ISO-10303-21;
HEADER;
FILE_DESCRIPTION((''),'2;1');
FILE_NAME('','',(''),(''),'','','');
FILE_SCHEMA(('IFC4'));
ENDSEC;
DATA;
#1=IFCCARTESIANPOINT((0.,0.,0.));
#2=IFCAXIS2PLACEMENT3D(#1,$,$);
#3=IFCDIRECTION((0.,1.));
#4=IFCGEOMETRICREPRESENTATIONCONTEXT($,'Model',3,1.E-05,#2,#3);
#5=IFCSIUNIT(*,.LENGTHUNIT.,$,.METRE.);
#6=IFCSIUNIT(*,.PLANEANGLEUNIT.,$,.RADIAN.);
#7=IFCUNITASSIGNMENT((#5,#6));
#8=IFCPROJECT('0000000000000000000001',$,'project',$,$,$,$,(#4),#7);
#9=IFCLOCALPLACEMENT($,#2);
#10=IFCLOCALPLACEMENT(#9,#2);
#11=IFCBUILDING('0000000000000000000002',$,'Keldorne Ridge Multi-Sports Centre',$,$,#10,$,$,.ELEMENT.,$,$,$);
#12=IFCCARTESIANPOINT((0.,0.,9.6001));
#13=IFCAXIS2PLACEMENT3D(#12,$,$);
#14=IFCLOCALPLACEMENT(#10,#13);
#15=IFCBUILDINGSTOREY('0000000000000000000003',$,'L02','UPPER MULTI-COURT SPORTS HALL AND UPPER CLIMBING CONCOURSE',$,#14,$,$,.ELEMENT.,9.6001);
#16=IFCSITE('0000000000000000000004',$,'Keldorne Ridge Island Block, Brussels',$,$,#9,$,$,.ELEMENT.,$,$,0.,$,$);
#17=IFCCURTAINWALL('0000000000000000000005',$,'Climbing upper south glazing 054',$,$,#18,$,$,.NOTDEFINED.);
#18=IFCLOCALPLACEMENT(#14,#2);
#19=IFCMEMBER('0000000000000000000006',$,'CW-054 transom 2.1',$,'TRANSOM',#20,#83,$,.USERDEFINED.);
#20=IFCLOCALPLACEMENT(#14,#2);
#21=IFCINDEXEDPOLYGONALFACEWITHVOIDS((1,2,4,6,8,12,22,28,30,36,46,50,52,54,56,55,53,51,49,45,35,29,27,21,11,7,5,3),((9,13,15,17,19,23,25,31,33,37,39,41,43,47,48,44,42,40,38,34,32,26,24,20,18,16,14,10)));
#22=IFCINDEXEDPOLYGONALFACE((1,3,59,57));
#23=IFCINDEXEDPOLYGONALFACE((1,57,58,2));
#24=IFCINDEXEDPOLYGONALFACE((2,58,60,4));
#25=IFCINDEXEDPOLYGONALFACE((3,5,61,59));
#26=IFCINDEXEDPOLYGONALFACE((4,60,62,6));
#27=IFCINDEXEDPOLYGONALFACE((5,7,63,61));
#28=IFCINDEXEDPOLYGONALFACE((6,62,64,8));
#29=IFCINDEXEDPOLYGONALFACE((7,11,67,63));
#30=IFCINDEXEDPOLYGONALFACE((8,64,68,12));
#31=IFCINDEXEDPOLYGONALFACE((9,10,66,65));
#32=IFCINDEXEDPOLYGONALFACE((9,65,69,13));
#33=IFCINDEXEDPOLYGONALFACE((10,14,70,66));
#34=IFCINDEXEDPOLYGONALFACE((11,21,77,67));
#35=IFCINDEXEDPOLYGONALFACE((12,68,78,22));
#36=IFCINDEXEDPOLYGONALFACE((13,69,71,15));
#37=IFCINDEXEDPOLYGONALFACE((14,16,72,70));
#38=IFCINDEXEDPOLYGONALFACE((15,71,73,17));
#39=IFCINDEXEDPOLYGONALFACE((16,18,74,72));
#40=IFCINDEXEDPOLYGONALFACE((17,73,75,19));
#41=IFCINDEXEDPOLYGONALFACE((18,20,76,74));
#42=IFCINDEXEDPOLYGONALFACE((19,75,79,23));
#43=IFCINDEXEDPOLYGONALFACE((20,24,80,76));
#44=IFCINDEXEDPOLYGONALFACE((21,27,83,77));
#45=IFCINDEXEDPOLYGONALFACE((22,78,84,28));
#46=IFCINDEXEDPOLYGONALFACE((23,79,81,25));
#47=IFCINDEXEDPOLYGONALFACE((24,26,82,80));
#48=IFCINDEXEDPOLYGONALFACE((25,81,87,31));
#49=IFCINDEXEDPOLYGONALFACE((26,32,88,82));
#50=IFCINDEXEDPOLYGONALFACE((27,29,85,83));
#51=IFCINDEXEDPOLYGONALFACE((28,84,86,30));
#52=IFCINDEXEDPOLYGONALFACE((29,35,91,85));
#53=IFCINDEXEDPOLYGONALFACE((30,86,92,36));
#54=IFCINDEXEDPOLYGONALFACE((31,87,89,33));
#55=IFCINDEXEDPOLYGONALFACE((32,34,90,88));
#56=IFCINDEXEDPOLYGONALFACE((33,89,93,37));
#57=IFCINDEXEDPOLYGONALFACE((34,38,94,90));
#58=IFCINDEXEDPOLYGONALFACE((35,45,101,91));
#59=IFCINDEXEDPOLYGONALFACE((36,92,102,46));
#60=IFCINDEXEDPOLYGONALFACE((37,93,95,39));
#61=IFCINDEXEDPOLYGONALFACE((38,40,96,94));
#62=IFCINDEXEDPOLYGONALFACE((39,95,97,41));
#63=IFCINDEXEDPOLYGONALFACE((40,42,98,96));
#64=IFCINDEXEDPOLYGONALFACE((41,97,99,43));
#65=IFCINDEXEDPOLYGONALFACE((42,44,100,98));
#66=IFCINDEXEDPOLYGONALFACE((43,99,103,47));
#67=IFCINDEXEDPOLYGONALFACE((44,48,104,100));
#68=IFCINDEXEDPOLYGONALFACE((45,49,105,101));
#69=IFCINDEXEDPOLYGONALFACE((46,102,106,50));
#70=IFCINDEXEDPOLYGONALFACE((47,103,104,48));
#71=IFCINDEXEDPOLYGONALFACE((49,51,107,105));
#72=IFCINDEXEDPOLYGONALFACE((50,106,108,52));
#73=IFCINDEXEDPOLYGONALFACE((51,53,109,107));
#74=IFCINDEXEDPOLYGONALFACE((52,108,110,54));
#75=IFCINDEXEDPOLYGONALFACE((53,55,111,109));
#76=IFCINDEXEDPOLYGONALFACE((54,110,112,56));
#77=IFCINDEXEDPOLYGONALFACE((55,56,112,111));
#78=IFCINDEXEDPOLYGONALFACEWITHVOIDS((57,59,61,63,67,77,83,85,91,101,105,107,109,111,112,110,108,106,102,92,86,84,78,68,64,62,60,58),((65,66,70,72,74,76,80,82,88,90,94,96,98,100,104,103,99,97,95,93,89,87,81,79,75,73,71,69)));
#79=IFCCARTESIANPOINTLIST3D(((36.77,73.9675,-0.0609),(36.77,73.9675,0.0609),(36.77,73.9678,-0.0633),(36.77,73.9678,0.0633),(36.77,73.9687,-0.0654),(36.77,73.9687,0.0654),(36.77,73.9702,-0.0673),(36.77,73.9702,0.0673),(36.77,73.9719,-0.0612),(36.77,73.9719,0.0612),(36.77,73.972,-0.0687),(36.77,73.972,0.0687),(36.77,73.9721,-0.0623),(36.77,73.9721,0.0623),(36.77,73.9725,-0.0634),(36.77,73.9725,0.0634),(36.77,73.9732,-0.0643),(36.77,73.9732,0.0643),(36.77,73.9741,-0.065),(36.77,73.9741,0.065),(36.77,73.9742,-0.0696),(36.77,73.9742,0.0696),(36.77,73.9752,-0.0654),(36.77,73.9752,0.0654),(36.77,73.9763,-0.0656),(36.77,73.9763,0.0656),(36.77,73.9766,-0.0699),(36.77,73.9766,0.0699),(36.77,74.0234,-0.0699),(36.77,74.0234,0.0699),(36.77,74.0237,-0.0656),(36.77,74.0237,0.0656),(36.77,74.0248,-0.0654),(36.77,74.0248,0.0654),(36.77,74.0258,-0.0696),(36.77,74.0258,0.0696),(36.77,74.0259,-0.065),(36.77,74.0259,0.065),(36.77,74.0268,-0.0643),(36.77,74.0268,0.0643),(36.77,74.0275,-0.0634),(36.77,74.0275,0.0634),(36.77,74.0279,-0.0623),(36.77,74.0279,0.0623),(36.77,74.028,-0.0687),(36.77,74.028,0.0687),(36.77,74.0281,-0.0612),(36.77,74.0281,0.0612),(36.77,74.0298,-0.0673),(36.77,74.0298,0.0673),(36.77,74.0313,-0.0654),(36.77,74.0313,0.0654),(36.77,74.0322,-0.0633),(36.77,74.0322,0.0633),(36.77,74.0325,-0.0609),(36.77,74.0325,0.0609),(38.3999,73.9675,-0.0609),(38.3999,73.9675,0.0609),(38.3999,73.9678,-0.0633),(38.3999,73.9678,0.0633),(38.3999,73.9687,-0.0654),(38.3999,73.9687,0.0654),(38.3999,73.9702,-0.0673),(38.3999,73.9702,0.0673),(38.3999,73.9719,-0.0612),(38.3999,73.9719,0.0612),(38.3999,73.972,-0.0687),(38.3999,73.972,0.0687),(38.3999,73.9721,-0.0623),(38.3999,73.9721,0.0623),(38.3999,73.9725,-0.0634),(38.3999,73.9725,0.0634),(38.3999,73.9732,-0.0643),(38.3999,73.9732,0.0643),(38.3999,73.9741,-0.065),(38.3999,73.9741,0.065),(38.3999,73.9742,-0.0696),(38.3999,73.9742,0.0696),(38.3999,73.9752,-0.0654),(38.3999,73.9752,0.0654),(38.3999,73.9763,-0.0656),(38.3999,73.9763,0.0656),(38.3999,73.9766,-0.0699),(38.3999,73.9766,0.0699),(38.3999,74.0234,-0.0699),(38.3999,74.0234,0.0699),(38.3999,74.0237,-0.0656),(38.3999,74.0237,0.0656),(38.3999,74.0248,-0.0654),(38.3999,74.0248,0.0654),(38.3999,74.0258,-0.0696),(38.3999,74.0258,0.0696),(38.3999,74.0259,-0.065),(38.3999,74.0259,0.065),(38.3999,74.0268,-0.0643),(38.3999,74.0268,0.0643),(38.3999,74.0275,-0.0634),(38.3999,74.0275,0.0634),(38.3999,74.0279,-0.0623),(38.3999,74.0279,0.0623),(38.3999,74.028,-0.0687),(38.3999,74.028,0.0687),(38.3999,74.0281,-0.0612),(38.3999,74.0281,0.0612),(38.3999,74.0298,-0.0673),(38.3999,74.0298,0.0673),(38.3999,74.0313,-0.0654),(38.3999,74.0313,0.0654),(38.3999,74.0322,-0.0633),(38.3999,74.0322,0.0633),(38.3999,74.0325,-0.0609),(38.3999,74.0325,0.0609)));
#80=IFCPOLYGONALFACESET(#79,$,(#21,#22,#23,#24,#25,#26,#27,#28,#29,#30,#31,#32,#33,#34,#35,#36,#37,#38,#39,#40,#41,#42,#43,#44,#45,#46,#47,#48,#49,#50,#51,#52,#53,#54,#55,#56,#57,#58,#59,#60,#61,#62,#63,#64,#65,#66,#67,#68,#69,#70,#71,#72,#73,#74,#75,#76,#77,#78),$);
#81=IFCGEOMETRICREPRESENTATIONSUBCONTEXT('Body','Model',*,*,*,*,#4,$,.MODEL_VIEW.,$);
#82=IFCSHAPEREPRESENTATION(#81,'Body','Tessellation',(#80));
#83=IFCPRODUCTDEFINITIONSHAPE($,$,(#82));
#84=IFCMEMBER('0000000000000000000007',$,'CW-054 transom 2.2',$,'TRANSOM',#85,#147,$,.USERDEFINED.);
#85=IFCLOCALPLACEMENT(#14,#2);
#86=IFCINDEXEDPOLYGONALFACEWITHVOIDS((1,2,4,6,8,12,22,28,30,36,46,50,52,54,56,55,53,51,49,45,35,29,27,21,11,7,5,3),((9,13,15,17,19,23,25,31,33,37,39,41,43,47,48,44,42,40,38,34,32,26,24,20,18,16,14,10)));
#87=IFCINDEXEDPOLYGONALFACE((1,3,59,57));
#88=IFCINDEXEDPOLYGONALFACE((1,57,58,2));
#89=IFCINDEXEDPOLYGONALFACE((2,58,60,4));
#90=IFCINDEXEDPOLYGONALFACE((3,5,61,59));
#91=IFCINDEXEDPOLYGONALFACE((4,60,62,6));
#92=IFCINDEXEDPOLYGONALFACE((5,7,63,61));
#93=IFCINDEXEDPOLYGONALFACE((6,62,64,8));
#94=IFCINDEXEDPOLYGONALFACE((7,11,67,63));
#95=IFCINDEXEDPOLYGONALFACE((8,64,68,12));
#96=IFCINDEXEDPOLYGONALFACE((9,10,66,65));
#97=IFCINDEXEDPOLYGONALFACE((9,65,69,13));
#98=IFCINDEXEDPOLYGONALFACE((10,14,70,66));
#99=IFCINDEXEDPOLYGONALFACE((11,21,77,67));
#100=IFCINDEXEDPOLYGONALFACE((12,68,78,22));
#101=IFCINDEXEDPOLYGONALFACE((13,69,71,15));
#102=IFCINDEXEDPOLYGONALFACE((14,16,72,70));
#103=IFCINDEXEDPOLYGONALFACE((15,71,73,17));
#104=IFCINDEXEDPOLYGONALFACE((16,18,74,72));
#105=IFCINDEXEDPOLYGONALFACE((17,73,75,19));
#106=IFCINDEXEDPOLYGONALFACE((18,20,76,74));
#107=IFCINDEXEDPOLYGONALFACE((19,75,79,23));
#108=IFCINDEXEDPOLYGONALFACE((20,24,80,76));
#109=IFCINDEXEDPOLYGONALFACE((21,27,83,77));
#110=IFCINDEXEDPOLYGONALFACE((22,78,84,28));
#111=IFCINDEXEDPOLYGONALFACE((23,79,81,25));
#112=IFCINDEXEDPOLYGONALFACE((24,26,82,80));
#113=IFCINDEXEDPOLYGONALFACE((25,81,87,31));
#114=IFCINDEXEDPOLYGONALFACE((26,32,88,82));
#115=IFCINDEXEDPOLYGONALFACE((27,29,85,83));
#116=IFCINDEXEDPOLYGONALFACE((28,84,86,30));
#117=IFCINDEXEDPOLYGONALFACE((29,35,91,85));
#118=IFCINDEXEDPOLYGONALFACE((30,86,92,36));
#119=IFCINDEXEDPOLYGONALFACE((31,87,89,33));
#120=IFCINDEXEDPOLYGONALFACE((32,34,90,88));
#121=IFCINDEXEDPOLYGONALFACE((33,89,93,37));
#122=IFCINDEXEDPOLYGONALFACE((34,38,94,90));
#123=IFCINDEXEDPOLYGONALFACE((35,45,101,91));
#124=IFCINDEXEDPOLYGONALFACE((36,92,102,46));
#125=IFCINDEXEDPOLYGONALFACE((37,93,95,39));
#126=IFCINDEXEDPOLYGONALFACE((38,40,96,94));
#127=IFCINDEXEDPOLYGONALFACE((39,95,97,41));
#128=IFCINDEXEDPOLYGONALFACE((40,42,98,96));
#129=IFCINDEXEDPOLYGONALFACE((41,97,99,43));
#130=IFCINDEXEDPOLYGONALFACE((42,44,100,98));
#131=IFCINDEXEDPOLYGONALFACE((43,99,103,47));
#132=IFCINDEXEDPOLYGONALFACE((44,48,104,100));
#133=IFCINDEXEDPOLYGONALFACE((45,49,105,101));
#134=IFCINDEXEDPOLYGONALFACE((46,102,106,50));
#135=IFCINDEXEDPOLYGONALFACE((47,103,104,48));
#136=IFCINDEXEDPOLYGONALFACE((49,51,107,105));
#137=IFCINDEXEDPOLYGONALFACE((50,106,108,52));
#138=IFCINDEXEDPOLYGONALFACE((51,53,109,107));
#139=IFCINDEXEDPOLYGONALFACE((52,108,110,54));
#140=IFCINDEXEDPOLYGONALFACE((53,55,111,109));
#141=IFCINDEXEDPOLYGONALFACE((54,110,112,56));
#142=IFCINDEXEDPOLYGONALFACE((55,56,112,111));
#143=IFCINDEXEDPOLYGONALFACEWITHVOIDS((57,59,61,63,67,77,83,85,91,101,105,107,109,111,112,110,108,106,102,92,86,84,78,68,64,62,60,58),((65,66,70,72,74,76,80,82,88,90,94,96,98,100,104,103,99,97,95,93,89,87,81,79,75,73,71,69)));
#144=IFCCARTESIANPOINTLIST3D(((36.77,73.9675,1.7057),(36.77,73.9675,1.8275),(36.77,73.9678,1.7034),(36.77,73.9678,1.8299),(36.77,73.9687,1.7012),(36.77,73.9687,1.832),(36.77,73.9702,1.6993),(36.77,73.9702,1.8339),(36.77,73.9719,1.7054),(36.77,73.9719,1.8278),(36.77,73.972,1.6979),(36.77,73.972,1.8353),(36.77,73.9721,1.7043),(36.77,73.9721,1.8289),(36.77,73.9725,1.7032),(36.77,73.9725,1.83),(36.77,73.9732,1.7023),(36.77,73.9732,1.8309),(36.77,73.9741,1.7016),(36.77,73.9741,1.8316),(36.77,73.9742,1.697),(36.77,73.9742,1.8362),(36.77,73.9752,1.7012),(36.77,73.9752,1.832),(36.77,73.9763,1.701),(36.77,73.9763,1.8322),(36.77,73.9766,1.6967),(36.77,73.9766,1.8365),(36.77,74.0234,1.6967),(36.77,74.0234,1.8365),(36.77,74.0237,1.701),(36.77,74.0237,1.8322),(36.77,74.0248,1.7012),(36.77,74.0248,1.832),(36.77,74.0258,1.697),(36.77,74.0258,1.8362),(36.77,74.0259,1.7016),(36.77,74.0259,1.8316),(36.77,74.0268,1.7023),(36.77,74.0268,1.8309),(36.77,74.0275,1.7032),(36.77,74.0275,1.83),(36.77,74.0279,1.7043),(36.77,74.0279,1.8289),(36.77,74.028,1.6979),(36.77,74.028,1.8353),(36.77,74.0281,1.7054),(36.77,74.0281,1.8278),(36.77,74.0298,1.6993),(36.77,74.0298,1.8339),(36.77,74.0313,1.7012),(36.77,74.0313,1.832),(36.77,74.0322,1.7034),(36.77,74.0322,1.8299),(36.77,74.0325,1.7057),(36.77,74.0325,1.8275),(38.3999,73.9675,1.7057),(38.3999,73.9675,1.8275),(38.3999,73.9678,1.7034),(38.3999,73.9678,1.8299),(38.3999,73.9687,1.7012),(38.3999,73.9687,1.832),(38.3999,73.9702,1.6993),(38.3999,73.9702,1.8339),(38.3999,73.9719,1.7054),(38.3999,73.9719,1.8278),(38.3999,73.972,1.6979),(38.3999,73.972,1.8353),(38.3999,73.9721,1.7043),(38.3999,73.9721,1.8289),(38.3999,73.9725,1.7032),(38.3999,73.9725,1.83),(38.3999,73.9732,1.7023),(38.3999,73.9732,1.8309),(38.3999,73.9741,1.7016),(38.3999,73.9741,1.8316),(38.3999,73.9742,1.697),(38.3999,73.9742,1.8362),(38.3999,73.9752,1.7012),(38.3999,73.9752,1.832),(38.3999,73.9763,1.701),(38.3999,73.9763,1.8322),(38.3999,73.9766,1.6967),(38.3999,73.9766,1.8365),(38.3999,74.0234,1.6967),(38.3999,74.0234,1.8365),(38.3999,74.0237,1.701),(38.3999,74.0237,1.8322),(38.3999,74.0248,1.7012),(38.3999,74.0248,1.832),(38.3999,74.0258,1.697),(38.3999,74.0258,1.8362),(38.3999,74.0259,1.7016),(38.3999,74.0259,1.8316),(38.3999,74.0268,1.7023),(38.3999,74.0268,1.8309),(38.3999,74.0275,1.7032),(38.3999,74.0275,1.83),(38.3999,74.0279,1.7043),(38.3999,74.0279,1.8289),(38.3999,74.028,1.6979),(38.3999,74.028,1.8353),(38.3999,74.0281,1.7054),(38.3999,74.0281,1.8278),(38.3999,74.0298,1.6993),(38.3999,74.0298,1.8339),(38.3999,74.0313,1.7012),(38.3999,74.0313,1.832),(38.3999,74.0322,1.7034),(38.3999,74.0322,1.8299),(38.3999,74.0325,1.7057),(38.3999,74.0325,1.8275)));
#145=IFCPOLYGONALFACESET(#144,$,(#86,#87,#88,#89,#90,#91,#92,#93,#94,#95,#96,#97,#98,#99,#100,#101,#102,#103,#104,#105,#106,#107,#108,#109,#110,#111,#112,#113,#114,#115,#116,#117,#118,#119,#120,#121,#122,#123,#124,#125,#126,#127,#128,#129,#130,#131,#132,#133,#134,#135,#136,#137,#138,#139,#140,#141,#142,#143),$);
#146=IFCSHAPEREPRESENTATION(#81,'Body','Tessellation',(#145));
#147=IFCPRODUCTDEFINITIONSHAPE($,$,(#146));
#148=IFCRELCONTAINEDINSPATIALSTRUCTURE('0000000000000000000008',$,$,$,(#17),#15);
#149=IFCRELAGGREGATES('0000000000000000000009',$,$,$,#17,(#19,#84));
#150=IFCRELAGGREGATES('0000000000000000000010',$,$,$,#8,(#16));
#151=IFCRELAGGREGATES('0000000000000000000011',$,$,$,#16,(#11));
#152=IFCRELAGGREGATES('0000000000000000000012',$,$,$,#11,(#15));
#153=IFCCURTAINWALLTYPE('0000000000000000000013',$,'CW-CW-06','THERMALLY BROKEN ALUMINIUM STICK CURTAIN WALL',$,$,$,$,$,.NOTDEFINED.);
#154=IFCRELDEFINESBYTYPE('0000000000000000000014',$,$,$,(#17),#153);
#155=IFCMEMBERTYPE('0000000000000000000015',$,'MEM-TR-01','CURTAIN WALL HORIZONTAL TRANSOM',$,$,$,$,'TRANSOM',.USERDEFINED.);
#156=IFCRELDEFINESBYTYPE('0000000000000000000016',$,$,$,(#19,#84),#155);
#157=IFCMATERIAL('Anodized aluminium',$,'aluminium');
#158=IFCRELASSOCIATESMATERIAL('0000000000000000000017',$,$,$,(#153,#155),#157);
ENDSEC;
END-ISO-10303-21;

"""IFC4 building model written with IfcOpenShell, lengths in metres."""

from ifc_helpers import new_model, si_unit, direction, frame, origin, origin_2d, place, context, subcontext, project, spatial, hollow_rectangle, extrude, material, material_profile, profile_set, type_object, element, aggregate, save


model = new_model("IFC4")

# Units and contexts
model_context = context("Model", 3, precision=1e-05, world=origin(), true_north=direction((0.0, 1.0)))
body_context = subcontext(model_context, "Body", "Model", "MODEL_VIEW")
ifc_project = project(units=[si_unit("LENGTHUNIT", "METRE"), si_unit("PLANEANGLEUNIT", "RADIAN")], contexts=[model_context])

# Site, building, storey
site_placement = place(None, origin())
site = spatial("IfcSite", under=ifc_project, at=site_placement, Name="Keldorne Ridge Island Block, Brussels", CompositionType="ELEMENT", RefElevation=0.0)
building_placement = place(site_placement, origin())
building = spatial("IfcBuilding", under=site, at=building_placement, Name="Keldorne Ridge Multi-Sports Centre", CompositionType="ELEMENT")
storey_placement = place(building_placement, frame((0.0, 0.0, 9.6001)))
storey = spatial("IfcBuildingStorey", under=building, at=storey_placement, Name="L02", Description="UPPER MULTI-COURT SPORTS HALL AND UPPER CLIMBING CONCOURSE", CompositionType="ELEMENT", Elevation=9.6001)

# Shared definitions
ifc_material_1 = material(Name="Anodized aluminium", Category="aluminium")

# Curtain wall, members
curtain_wall_type_1 = type_object("IfcCurtainWallType", Name="CW-CW-06", Description="THERMALLY BROKEN ALUMINIUM STICK CURTAIN WALL", PredefinedType="NOTDEFINED", material=ifc_material_1)
curtain_wall_1_placement = place(storey_placement, origin())
curtain_wall_1 = element("IfcCurtainWall", 1, at=curtain_wall_1_placement, inside=storey, type_object=curtain_wall_type_1, Name="Climbing upper south glazing 054", PredefinedType="NOTDEFINED")
ifc_material_profile_1 = material_profile(ifc_material_1, hollow_rectangle(XDim=0.0649, YDim=0.1399, WallThickness=0.0044, InnerFilletRadius=0.0044, OuterFilletRadius=0.009, at=origin_2d()), Name="ALU TRANSOM 140x65x4.5")
ifc_profile_set_1 = profile_set([ifc_material_profile_1], Name="Anodized aluminium")
member_type_1 = type_object("IfcMemberType", Name="MEM-TR-01", Description="CURTAIN WALL HORIZONTAL TRANSOM", ElementType="TRANSOM", PredefinedType="USERDEFINED", material=ifc_profile_set_1)
member_1_placement = place(storey_placement, frame((36.77, 74.0, 0.0), z_axis=(1.0, 0.0, 0.0), x_axis=(0.0, 1.0, 0.0)))
member_1 = element("IfcMember", 2, at=member_1_placement, type_object=member_type_1, Name="CW-054 transom 2.1", ObjectType="TRANSOM", PredefinedType="USERDEFINED", context=body_context, shape_type="SweptSolid", body=[
    extrude(hollow_rectangle(XDim=0.0649, YDim=0.1399, WallThickness=0.0044, InnerFilletRadius=0.0044, OuterFilletRadius=0.009, at=origin_2d()), origin(), (0.0, 0.0, 1.0), 1.6299),
])
member_2_placement = place(storey_placement, frame((36.77, 74.0, 1.7666), z_axis=(1.0, 0.0, 0.0), x_axis=(0.0, 1.0, 0.0)))
member_2 = element("IfcMember", 3, at=member_2_placement, type_object=member_type_1, Name="CW-054 transom 2.2", ObjectType="TRANSOM", PredefinedType="USERDEFINED", context=body_context, shape_type="SweptSolid", body=[
    extrude(hollow_rectangle(XDim=0.0649, YDim=0.1399, WallThickness=0.0044, InnerFilletRadius=0.0044, OuterFilletRadius=0.009, at=origin_2d()), origin(), (0.0, 0.0, 1.0), 1.6299),
])

aggregate(curtain_wall_1, [member_1, member_2])

save(model, "model.ifc")
